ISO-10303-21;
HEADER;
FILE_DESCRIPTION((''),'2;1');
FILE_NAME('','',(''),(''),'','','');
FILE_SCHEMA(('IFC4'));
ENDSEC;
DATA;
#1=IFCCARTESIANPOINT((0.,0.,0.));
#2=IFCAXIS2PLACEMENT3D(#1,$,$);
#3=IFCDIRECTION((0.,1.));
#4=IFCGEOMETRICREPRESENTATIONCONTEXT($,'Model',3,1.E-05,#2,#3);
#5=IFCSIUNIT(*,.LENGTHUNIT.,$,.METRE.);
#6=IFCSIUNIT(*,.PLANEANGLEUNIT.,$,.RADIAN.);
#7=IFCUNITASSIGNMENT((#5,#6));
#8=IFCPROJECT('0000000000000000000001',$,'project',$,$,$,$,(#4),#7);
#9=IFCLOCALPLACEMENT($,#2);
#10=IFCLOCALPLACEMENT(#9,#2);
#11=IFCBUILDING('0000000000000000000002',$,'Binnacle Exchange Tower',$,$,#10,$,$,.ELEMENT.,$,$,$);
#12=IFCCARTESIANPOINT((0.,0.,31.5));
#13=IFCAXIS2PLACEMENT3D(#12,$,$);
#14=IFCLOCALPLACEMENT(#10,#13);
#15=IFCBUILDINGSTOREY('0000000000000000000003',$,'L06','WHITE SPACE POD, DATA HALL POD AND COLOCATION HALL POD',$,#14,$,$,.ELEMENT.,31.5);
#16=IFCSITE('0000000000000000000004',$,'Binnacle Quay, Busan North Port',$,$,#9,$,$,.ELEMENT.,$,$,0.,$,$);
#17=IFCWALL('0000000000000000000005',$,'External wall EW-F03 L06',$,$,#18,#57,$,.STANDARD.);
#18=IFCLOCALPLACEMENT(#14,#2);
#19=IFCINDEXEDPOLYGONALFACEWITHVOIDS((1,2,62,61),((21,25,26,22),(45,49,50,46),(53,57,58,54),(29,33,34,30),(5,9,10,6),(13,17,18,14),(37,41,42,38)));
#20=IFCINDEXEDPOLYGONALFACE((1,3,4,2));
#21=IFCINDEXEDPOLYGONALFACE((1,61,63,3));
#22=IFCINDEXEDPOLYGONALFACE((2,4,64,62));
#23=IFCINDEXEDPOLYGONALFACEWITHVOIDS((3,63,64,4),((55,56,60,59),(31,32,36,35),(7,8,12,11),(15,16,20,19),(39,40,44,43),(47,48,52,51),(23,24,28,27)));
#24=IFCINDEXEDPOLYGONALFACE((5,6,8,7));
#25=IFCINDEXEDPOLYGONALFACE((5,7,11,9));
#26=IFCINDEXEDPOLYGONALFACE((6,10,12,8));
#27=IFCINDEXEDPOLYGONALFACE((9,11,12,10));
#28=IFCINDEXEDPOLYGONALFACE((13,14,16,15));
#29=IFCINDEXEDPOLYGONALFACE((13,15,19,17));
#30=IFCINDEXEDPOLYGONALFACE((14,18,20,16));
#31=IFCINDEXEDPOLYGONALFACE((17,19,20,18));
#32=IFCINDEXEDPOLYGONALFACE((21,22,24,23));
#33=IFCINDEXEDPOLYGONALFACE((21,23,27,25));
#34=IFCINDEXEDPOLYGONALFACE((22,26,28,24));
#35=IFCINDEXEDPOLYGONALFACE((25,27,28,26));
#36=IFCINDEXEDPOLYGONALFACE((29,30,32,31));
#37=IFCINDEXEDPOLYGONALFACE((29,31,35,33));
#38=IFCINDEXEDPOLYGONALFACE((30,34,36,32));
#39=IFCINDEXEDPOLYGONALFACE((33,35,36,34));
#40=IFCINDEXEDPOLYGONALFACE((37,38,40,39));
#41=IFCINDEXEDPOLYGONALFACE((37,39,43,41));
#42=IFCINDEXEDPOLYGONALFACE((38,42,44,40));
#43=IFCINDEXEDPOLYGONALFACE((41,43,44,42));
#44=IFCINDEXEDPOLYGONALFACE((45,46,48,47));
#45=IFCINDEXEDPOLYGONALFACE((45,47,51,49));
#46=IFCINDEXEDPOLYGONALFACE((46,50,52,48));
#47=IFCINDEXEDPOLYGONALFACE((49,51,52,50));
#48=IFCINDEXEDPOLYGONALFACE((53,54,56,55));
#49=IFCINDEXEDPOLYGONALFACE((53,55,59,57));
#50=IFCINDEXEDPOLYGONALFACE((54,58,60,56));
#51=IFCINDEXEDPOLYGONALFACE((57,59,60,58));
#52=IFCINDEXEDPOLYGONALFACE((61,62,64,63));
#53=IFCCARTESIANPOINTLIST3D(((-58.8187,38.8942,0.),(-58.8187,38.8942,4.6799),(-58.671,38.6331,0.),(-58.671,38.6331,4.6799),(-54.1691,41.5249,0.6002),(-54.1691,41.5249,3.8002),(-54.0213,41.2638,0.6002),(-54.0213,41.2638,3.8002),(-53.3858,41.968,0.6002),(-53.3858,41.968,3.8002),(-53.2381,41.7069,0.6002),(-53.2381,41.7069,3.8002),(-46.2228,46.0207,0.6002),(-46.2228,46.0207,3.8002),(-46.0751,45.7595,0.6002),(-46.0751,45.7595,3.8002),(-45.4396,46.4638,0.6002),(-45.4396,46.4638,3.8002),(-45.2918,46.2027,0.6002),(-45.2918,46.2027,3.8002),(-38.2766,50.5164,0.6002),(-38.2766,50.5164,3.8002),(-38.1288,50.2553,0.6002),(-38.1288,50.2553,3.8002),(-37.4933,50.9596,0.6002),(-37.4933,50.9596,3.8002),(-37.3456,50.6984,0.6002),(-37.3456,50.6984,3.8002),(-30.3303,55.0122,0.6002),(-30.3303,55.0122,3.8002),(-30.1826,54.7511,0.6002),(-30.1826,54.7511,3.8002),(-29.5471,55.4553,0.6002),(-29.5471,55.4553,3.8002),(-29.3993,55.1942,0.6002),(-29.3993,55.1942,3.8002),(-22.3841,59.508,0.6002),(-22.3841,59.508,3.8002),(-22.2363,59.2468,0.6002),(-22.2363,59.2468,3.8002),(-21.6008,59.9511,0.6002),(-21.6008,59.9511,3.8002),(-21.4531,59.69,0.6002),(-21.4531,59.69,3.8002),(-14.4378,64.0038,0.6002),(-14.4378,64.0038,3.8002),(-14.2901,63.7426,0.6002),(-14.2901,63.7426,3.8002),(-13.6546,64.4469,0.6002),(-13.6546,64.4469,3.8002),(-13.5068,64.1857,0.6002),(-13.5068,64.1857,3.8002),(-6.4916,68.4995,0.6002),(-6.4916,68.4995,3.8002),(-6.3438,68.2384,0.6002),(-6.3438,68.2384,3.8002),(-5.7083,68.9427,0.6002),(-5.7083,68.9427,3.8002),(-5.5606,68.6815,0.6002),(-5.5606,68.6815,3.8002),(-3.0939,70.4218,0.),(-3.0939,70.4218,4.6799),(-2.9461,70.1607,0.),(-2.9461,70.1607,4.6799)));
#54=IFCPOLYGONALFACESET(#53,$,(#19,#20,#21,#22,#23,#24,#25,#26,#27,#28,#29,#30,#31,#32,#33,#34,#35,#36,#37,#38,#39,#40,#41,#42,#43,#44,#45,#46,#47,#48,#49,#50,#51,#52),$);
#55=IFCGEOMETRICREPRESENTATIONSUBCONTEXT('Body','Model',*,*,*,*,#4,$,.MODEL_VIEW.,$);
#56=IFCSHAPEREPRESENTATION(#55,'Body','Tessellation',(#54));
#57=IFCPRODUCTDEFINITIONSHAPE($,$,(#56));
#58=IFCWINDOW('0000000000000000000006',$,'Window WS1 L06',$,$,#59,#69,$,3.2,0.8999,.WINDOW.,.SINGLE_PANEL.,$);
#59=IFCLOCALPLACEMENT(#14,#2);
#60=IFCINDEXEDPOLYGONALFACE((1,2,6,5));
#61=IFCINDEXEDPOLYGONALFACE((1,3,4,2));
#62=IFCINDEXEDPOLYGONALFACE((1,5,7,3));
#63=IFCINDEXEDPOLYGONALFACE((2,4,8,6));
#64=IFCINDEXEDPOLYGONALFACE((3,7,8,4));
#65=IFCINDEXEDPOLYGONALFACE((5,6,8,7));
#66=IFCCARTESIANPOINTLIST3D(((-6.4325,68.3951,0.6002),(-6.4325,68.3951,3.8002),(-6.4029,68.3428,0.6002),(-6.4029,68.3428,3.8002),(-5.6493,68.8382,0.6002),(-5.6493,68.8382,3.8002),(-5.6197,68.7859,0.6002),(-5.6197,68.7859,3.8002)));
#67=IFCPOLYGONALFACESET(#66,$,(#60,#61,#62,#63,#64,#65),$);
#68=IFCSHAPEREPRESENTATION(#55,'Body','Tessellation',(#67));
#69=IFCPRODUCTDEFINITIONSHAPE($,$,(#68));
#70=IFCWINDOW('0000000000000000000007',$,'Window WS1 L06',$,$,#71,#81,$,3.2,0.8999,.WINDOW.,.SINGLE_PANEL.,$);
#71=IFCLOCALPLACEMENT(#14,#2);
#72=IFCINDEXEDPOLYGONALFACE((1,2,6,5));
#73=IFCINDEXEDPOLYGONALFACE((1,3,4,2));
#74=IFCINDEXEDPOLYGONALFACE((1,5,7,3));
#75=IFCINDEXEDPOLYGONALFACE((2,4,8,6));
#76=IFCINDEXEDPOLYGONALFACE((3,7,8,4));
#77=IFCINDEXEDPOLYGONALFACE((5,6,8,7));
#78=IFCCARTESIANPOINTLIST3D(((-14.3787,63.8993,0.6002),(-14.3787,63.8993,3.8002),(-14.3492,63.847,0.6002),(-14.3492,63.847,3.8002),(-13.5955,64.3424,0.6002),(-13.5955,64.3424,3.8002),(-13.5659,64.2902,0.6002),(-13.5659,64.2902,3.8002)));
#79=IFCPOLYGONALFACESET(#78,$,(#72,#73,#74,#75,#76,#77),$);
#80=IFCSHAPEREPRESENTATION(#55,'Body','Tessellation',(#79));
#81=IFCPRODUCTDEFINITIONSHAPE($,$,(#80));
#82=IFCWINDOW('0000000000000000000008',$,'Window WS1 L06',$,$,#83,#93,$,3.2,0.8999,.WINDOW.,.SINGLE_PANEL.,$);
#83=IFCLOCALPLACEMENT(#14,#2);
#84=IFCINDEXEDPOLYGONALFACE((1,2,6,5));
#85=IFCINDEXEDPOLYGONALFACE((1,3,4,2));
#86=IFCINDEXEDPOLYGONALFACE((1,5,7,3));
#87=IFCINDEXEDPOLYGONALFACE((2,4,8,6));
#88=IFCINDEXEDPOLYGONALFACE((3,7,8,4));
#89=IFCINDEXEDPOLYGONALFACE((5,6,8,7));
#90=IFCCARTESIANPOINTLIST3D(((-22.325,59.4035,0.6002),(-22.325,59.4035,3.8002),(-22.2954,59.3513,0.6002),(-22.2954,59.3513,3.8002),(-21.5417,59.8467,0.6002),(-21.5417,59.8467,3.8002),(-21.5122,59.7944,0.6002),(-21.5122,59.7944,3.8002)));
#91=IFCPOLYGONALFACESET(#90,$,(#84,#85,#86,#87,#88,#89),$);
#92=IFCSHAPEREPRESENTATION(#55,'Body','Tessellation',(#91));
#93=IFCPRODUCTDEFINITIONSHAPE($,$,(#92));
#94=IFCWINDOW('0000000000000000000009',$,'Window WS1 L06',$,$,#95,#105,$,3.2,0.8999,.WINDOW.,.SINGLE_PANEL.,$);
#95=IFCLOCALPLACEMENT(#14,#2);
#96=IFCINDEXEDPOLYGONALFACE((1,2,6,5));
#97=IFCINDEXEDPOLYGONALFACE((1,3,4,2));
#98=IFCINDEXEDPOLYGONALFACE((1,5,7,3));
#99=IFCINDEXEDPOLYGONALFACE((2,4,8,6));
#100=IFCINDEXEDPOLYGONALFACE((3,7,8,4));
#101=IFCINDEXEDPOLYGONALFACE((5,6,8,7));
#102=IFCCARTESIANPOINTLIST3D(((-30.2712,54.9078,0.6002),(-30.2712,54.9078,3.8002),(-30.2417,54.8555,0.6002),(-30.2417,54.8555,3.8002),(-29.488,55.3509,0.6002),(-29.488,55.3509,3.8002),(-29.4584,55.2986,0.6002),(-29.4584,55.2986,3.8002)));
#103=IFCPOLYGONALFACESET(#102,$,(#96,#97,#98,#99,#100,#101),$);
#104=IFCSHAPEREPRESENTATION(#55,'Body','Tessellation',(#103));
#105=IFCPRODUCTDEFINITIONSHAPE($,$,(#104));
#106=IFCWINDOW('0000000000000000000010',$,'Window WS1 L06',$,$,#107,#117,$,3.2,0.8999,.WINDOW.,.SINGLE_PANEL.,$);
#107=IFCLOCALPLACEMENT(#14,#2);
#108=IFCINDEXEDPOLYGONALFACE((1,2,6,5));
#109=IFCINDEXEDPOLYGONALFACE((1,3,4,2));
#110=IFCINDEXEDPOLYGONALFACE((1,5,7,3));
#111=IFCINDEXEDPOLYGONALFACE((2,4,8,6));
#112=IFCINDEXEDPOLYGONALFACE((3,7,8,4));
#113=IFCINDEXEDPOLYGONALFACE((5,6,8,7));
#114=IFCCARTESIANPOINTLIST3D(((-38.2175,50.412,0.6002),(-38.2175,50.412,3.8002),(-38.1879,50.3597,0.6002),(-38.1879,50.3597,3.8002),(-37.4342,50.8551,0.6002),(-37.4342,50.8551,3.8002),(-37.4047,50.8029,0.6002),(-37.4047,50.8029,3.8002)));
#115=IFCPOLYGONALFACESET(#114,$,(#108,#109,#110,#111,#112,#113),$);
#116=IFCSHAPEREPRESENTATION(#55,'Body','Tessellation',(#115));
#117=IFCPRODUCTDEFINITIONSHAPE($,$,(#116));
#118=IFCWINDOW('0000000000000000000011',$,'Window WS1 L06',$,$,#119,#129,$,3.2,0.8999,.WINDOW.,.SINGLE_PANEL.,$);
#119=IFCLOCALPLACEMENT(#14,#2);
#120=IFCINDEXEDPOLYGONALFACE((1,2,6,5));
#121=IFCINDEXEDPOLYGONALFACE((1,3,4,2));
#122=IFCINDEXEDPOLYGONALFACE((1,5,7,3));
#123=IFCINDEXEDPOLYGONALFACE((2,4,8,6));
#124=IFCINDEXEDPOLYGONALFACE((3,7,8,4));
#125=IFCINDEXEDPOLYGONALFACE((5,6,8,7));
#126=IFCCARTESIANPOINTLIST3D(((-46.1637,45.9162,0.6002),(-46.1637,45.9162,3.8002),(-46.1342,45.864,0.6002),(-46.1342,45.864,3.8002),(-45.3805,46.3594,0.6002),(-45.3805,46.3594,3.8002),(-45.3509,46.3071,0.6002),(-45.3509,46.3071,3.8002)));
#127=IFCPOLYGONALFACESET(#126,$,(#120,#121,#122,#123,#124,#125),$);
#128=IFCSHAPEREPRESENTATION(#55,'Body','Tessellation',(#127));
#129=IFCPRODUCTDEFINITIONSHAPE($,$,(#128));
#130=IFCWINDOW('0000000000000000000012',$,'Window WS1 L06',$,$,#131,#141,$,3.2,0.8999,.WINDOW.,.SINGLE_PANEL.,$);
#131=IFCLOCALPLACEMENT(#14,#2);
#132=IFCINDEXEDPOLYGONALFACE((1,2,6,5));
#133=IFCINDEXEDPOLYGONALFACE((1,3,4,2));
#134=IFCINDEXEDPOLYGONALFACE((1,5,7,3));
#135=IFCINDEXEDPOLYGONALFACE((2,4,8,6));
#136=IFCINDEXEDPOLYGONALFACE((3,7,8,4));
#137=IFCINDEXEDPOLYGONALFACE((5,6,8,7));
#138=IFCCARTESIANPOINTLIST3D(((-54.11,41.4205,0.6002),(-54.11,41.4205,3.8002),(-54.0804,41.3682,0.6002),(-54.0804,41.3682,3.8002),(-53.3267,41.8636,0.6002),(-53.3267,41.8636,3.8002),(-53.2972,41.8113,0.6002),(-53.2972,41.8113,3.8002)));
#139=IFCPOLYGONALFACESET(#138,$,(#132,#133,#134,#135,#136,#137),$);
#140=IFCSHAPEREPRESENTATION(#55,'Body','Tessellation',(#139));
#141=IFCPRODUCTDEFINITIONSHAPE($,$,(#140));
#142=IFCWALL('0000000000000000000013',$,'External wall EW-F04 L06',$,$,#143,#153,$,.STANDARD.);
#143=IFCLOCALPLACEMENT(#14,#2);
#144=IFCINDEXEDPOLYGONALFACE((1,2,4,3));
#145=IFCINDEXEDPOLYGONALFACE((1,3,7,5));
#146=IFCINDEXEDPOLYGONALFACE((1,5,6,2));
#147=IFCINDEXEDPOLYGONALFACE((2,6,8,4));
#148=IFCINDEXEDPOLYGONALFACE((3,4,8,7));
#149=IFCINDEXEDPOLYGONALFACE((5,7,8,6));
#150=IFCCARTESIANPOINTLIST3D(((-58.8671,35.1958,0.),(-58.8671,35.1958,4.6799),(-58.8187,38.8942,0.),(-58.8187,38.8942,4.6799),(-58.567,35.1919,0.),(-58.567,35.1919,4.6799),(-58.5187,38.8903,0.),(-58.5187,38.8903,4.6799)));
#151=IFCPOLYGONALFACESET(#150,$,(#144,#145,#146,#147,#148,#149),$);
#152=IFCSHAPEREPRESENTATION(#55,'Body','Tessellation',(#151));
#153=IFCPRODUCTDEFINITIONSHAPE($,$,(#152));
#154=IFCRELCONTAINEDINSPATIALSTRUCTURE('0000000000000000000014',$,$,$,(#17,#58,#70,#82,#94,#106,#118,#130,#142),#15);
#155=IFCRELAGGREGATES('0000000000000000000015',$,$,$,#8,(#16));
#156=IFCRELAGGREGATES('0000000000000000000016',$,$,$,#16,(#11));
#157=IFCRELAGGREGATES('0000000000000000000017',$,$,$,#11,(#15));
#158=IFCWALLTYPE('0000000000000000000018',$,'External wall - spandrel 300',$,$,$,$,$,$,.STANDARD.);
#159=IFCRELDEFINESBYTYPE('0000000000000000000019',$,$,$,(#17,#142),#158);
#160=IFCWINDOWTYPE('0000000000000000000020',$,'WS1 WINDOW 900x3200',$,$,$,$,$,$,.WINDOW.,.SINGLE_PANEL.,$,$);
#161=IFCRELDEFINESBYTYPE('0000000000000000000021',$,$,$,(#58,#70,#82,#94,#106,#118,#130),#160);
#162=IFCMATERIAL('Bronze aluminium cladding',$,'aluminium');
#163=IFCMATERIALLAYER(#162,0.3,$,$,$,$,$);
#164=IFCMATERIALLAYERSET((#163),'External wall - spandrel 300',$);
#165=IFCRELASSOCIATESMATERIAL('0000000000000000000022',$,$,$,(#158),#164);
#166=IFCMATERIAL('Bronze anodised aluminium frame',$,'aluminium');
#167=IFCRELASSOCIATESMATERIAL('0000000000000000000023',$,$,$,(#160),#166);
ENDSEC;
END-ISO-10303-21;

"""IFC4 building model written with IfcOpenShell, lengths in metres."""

from ifc_helpers import new_model, si_unit, direction, frame, frame_2d, origin, place, context, subcontext, project, spatial, rectangle, extrude, material, layer, layer_set, type_object, element, fill, save


model = new_model("IFC4")

# Units and contexts
model_context = context("Model", 3, precision=1e-05, world=origin(), true_north=direction((0.0, 1.0)))
body_context = subcontext(model_context, "Body", "Model", "MODEL_VIEW")
ifc_project = project(units=[si_unit("LENGTHUNIT", "METRE"), si_unit("PLANEANGLEUNIT", "RADIAN")], contexts=[model_context])

# Site, building, storey
site_placement = place(None, origin())
site = spatial("IfcSite", under=ifc_project, at=site_placement, Name="Binnacle Quay, Busan North Port", CompositionType="ELEMENT", RefElevation=0.0)
building_placement = place(site_placement, origin())
building = spatial("IfcBuilding", under=site, at=building_placement, Name="Binnacle Exchange Tower", CompositionType="ELEMENT")
storey_placement = place(building_placement, frame((0.0, 0.0, 31.5)))
storey = spatial("IfcBuildingStorey", under=building, at=storey_placement, Name="L06", Description="WHITE SPACE POD, DATA HALL POD AND COLOCATION HALL POD", CompositionType="ELEMENT", Elevation=31.5)

# Wall, openings, windows
ifc_material_1 = material(Name="Bronze aluminium cladding", Category="aluminium")
ifc_layer_1 = layer(ifc_material_1, 0.3)
ifc_layer_set_1 = layer_set([ifc_layer_1], Name="External wall - spandrel 300")
wall_type_1 = type_object("IfcWallType", Name="External wall - spandrel 300", PredefinedType="STANDARD", material=ifc_layer_set_1)
wall_1_placement = place(storey_placement, frame((-58.7449, 38.7637, 0.0), z_axis=(0.0, 0.0, 1.0), x_axis=(0.870356, 0.492423, 0.0)))
wall_1 = element("IfcWall", 1, at=wall_1_placement, inside=storey, type_object=wall_type_1, Name="External wall EW-F03 L06", PredefinedType="STANDARD", context=body_context, shape_type="SweptSolid", body=[
    extrude(rectangle(XDim=64.0254, YDim=0.3, at=frame_2d((32.0127, 0.0))), origin(), (0.0, 0.0, 1.0), 4.6799),
])
opening_1_placement = place(wall_1_placement, frame((60.1216, 0.0, 0.6001)))
opening_1 = element("IfcOpeningElement", 2, at=opening_1_placement, cuts=wall_1, PredefinedType="OPENING", context=body_context, shape_type="SweptSolid", body=[
    extrude(rectangle(XDim=0.8999, YDim=3.2, at=frame_2d((0.45, 1.6001))), frame((0.0, 0.1599, 0.0), z_axis=(0.0, -1.0, 0.0), x_axis=(1.0, 0.0, 0.0)), (0.0, 0.0, 1.0), 0.3201),
])
opening_2_placement = place(wall_1_placement, frame((50.9917, 0.0, 0.6001)))
opening_2 = element("IfcOpeningElement", 3, at=opening_2_placement, cuts=wall_1, PredefinedType="OPENING", context=body_context, shape_type="SweptSolid", body=[
    extrude(rectangle(XDim=0.8999, YDim=3.2, at=frame_2d((0.45, 1.6001))), frame((0.0, 0.1599, 0.0), z_axis=(0.0, -1.0, 0.0), x_axis=(1.0, 0.0, 0.0)), (0.0, 0.0, 1.0), 0.3201),
])
opening_3_placement = place(wall_1_placement, frame((41.8618, 0.0, 0.6001)))
opening_3 = element("IfcOpeningElement", 4, at=opening_3_placement, cuts=wall_1, PredefinedType="OPENING", context=body_context, shape_type="SweptSolid", body=[
    extrude(rectangle(XDim=0.8999, YDim=3.2, at=frame_2d((0.45, 1.6001))), frame((0.0, 0.1599, 0.0), z_axis=(0.0, -1.0, 0.0), x_axis=(1.0, 0.0, 0.0)), (0.0, 0.0, 1.0), 0.3201),
])
opening_4_placement = place(wall_1_placement, frame((32.7319, 0.0, 0.6001)))
opening_4 = element("IfcOpeningElement", 5, at=opening_4_placement, cuts=wall_1, PredefinedType="OPENING", context=body_context, shape_type="SweptSolid", body=[
    extrude(rectangle(XDim=0.8999, YDim=3.2, at=frame_2d((0.45, 1.6001))), frame((0.0, 0.1599, 0.0), z_axis=(0.0, -1.0, 0.0), x_axis=(1.0, 0.0, 0.0)), (0.0, 0.0, 1.0), 0.3201),
])
opening_5_placement = place(wall_1_placement, frame((23.6021, 0.0, 0.6001)))
opening_5 = element("IfcOpeningElement", 6, at=opening_5_placement, cuts=wall_1, PredefinedType="OPENING", context=body_context, shape_type="SweptSolid", body=[
    extrude(rectangle(XDim=0.8999, YDim=3.2, at=frame_2d((0.45, 1.6001))), frame((0.0, 0.1599, 0.0), z_axis=(0.0, -1.0, 0.0), x_axis=(1.0, 0.0, 0.0)), (0.0, 0.0, 1.0), 0.3201),
])
opening_6_placement = place(wall_1_placement, frame((14.4722, 0.0, 0.6001)))
opening_6 = element("IfcOpeningElement", 7, at=opening_6_placement, cuts=wall_1, PredefinedType="OPENING", context=body_context, shape_type="SweptSolid", body=[
    extrude(rectangle(XDim=0.8999, YDim=3.2, at=frame_2d((0.45, 1.6001))), frame((0.0, 0.1599, 0.0), z_axis=(0.0, -1.0, 0.0), x_axis=(1.0, 0.0, 0.0)), (0.0, 0.0, 1.0), 0.3201),
])
opening_7_placement = place(wall_1_placement, frame((5.3423, 0.0, 0.6001)))
opening_7 = element("IfcOpeningElement", 8, at=opening_7_placement, cuts=wall_1, PredefinedType="OPENING", context=body_context, shape_type="SweptSolid", body=[
    extrude(rectangle(XDim=0.8999, YDim=3.2, at=frame_2d((0.45, 1.6001))), frame((0.0, 0.1599, 0.0), z_axis=(0.0, -1.0, 0.0), x_axis=(1.0, 0.0, 0.0)), (0.0, 0.0, 1.0), 0.3201),
])
ifc_material_2 = material(Name="Bronze anodised aluminium frame", Category="aluminium")
window_type = type_object("IfcWindowType", Name="WS1 WINDOW 900x3200", PartitioningType="SINGLE_PANEL", PredefinedType="WINDOW", material=ifc_material_2)
window_1_placement = place(opening_1_placement, origin())
window_1 = element("IfcWindow", 9, at=window_1_placement, inside=storey, type_object=window_type, Name="Window WS1 L06", OverallHeight=3.2, OverallWidth=0.8999, PartitioningType="SINGLE_PANEL", PredefinedType="WINDOW", context=body_context, shape_type="SweptSolid", body=[
    extrude(rectangle(XDim=0.8999, YDim=3.2, at=frame_2d((0.45, 1.6001))), frame((0.0, 0.03, 0.0), z_axis=(0.0, -1.0, 0.0), x_axis=(1.0, 0.0, 0.0)), (0.0, 0.0, 1.0), 0.0601),
])
fill(opening_1, window_1)
window_2_placement = place(opening_2_placement, origin())
window_2 = element("IfcWindow", 10, at=window_2_placement, inside=storey, type_object=window_type, Name="Window WS1 L06", OverallHeight=3.2, OverallWidth=0.8999, PartitioningType="SINGLE_PANEL", PredefinedType="WINDOW", context=body_context, shape_type="SweptSolid", body=[
    extrude(rectangle(XDim=0.8999, YDim=3.2, at=frame_2d((0.45, 1.6001))), frame((0.0, 0.03, 0.0), z_axis=(0.0, -1.0, 0.0), x_axis=(1.0, 0.0, 0.0)), (0.0, 0.0, 1.0), 0.0601),
])
fill(opening_2, window_2)
window_3_placement = place(opening_3_placement, origin())
window_3 = element("IfcWindow", 11, at=window_3_placement, inside=storey, type_object=window_type, Name="Window WS1 L06", OverallHeight=3.2, OverallWidth=0.8999, PartitioningType="SINGLE_PANEL", PredefinedType="WINDOW", context=body_context, shape_type="SweptSolid", body=[
    extrude(rectangle(XDim=0.8999, YDim=3.2, at=frame_2d((0.45, 1.6001))), frame((0.0, 0.03, 0.0), z_axis=(0.0, -1.0, 0.0), x_axis=(1.0, 0.0, 0.0)), (0.0, 0.0, 1.0), 0.0601),
])
fill(opening_3, window_3)
window_4_placement = place(opening_4_placement, origin())
window_4 = element("IfcWindow", 12, at=window_4_placement, inside=storey, type_object=window_type, Name="Window WS1 L06", OverallHeight=3.2, OverallWidth=0.8999, PartitioningType="SINGLE_PANEL", PredefinedType="WINDOW", context=body_context, shape_type="SweptSolid", body=[
    extrude(rectangle(XDim=0.8999, YDim=3.2, at=frame_2d((0.45, 1.6001))), frame((0.0, 0.03, 0.0), z_axis=(0.0, -1.0, 0.0), x_axis=(1.0, 0.0, 0.0)), (0.0, 0.0, 1.0), 0.0601),
])
fill(opening_4, window_4)
window_5_placement = place(opening_5_placement, origin())
window_5 = element("IfcWindow", 13, at=window_5_placement, inside=storey, type_object=window_type, Name="Window WS1 L06", OverallHeight=3.2, OverallWidth=0.8999, PartitioningType="SINGLE_PANEL", PredefinedType="WINDOW", context=body_context, shape_type="SweptSolid", body=[
    extrude(rectangle(XDim=0.8999, YDim=3.2, at=frame_2d((0.45, 1.6001))), frame((0.0, 0.03, 0.0), z_axis=(0.0, -1.0, 0.0), x_axis=(1.0, 0.0, 0.0)), (0.0, 0.0, 1.0), 0.0601),
])
fill(opening_5, window_5)
window_6_placement = place(opening_6_placement, origin())
window_6 = element("IfcWindow", 14, at=window_6_placement, inside=storey, type_object=window_type, Name="Window WS1 L06", OverallHeight=3.2, OverallWidth=0.8999, PartitioningType="SINGLE_PANEL", PredefinedType="WINDOW", context=body_context, shape_type="SweptSolid", body=[
    extrude(rectangle(XDim=0.8999, YDim=3.2, at=frame_2d((0.45, 1.6001))), frame((0.0, 0.03, 0.0), z_axis=(0.0, -1.0, 0.0), x_axis=(1.0, 0.0, 0.0)), (0.0, 0.0, 1.0), 0.0601),
])
fill(opening_6, window_6)
window_7_placement = place(opening_7_placement, origin())
window_7 = element("IfcWindow", 15, at=window_7_placement, inside=storey, type_object=window_type, Name="Window WS1 L06", OverallHeight=3.2, OverallWidth=0.8999, PartitioningType="SINGLE_PANEL", PredefinedType="WINDOW", context=body_context, shape_type="SweptSolid", body=[
    extrude(rectangle(XDim=0.8999, YDim=3.2, at=frame_2d((0.45, 1.6001))), frame((0.0, 0.03, 0.0), z_axis=(0.0, -1.0, 0.0), x_axis=(1.0, 0.0, 0.0)), (0.0, 0.0, 1.0), 0.0601),
])
fill(opening_7, window_7)

# Wall
wall_2_placement = place(storey_placement, frame((-58.717, 35.1938, 0.0), z_axis=(0.0, 0.0, 1.0), x_axis=(0.013069, 0.999915, 0.0)))
element("IfcWall", 16, at=wall_2_placement, inside=storey, type_object=wall_type_1, Name="External wall EW-F04 L06", PredefinedType="STANDARD", context=body_context, shape_type="SweptSolid", body=[
    extrude(rectangle(XDim=3.6987, YDim=0.3, at=frame_2d((1.8494, 0.0))), origin(), (0.0, 0.0, 1.0), 4.6799),
])

save(model, "model.ifc")
